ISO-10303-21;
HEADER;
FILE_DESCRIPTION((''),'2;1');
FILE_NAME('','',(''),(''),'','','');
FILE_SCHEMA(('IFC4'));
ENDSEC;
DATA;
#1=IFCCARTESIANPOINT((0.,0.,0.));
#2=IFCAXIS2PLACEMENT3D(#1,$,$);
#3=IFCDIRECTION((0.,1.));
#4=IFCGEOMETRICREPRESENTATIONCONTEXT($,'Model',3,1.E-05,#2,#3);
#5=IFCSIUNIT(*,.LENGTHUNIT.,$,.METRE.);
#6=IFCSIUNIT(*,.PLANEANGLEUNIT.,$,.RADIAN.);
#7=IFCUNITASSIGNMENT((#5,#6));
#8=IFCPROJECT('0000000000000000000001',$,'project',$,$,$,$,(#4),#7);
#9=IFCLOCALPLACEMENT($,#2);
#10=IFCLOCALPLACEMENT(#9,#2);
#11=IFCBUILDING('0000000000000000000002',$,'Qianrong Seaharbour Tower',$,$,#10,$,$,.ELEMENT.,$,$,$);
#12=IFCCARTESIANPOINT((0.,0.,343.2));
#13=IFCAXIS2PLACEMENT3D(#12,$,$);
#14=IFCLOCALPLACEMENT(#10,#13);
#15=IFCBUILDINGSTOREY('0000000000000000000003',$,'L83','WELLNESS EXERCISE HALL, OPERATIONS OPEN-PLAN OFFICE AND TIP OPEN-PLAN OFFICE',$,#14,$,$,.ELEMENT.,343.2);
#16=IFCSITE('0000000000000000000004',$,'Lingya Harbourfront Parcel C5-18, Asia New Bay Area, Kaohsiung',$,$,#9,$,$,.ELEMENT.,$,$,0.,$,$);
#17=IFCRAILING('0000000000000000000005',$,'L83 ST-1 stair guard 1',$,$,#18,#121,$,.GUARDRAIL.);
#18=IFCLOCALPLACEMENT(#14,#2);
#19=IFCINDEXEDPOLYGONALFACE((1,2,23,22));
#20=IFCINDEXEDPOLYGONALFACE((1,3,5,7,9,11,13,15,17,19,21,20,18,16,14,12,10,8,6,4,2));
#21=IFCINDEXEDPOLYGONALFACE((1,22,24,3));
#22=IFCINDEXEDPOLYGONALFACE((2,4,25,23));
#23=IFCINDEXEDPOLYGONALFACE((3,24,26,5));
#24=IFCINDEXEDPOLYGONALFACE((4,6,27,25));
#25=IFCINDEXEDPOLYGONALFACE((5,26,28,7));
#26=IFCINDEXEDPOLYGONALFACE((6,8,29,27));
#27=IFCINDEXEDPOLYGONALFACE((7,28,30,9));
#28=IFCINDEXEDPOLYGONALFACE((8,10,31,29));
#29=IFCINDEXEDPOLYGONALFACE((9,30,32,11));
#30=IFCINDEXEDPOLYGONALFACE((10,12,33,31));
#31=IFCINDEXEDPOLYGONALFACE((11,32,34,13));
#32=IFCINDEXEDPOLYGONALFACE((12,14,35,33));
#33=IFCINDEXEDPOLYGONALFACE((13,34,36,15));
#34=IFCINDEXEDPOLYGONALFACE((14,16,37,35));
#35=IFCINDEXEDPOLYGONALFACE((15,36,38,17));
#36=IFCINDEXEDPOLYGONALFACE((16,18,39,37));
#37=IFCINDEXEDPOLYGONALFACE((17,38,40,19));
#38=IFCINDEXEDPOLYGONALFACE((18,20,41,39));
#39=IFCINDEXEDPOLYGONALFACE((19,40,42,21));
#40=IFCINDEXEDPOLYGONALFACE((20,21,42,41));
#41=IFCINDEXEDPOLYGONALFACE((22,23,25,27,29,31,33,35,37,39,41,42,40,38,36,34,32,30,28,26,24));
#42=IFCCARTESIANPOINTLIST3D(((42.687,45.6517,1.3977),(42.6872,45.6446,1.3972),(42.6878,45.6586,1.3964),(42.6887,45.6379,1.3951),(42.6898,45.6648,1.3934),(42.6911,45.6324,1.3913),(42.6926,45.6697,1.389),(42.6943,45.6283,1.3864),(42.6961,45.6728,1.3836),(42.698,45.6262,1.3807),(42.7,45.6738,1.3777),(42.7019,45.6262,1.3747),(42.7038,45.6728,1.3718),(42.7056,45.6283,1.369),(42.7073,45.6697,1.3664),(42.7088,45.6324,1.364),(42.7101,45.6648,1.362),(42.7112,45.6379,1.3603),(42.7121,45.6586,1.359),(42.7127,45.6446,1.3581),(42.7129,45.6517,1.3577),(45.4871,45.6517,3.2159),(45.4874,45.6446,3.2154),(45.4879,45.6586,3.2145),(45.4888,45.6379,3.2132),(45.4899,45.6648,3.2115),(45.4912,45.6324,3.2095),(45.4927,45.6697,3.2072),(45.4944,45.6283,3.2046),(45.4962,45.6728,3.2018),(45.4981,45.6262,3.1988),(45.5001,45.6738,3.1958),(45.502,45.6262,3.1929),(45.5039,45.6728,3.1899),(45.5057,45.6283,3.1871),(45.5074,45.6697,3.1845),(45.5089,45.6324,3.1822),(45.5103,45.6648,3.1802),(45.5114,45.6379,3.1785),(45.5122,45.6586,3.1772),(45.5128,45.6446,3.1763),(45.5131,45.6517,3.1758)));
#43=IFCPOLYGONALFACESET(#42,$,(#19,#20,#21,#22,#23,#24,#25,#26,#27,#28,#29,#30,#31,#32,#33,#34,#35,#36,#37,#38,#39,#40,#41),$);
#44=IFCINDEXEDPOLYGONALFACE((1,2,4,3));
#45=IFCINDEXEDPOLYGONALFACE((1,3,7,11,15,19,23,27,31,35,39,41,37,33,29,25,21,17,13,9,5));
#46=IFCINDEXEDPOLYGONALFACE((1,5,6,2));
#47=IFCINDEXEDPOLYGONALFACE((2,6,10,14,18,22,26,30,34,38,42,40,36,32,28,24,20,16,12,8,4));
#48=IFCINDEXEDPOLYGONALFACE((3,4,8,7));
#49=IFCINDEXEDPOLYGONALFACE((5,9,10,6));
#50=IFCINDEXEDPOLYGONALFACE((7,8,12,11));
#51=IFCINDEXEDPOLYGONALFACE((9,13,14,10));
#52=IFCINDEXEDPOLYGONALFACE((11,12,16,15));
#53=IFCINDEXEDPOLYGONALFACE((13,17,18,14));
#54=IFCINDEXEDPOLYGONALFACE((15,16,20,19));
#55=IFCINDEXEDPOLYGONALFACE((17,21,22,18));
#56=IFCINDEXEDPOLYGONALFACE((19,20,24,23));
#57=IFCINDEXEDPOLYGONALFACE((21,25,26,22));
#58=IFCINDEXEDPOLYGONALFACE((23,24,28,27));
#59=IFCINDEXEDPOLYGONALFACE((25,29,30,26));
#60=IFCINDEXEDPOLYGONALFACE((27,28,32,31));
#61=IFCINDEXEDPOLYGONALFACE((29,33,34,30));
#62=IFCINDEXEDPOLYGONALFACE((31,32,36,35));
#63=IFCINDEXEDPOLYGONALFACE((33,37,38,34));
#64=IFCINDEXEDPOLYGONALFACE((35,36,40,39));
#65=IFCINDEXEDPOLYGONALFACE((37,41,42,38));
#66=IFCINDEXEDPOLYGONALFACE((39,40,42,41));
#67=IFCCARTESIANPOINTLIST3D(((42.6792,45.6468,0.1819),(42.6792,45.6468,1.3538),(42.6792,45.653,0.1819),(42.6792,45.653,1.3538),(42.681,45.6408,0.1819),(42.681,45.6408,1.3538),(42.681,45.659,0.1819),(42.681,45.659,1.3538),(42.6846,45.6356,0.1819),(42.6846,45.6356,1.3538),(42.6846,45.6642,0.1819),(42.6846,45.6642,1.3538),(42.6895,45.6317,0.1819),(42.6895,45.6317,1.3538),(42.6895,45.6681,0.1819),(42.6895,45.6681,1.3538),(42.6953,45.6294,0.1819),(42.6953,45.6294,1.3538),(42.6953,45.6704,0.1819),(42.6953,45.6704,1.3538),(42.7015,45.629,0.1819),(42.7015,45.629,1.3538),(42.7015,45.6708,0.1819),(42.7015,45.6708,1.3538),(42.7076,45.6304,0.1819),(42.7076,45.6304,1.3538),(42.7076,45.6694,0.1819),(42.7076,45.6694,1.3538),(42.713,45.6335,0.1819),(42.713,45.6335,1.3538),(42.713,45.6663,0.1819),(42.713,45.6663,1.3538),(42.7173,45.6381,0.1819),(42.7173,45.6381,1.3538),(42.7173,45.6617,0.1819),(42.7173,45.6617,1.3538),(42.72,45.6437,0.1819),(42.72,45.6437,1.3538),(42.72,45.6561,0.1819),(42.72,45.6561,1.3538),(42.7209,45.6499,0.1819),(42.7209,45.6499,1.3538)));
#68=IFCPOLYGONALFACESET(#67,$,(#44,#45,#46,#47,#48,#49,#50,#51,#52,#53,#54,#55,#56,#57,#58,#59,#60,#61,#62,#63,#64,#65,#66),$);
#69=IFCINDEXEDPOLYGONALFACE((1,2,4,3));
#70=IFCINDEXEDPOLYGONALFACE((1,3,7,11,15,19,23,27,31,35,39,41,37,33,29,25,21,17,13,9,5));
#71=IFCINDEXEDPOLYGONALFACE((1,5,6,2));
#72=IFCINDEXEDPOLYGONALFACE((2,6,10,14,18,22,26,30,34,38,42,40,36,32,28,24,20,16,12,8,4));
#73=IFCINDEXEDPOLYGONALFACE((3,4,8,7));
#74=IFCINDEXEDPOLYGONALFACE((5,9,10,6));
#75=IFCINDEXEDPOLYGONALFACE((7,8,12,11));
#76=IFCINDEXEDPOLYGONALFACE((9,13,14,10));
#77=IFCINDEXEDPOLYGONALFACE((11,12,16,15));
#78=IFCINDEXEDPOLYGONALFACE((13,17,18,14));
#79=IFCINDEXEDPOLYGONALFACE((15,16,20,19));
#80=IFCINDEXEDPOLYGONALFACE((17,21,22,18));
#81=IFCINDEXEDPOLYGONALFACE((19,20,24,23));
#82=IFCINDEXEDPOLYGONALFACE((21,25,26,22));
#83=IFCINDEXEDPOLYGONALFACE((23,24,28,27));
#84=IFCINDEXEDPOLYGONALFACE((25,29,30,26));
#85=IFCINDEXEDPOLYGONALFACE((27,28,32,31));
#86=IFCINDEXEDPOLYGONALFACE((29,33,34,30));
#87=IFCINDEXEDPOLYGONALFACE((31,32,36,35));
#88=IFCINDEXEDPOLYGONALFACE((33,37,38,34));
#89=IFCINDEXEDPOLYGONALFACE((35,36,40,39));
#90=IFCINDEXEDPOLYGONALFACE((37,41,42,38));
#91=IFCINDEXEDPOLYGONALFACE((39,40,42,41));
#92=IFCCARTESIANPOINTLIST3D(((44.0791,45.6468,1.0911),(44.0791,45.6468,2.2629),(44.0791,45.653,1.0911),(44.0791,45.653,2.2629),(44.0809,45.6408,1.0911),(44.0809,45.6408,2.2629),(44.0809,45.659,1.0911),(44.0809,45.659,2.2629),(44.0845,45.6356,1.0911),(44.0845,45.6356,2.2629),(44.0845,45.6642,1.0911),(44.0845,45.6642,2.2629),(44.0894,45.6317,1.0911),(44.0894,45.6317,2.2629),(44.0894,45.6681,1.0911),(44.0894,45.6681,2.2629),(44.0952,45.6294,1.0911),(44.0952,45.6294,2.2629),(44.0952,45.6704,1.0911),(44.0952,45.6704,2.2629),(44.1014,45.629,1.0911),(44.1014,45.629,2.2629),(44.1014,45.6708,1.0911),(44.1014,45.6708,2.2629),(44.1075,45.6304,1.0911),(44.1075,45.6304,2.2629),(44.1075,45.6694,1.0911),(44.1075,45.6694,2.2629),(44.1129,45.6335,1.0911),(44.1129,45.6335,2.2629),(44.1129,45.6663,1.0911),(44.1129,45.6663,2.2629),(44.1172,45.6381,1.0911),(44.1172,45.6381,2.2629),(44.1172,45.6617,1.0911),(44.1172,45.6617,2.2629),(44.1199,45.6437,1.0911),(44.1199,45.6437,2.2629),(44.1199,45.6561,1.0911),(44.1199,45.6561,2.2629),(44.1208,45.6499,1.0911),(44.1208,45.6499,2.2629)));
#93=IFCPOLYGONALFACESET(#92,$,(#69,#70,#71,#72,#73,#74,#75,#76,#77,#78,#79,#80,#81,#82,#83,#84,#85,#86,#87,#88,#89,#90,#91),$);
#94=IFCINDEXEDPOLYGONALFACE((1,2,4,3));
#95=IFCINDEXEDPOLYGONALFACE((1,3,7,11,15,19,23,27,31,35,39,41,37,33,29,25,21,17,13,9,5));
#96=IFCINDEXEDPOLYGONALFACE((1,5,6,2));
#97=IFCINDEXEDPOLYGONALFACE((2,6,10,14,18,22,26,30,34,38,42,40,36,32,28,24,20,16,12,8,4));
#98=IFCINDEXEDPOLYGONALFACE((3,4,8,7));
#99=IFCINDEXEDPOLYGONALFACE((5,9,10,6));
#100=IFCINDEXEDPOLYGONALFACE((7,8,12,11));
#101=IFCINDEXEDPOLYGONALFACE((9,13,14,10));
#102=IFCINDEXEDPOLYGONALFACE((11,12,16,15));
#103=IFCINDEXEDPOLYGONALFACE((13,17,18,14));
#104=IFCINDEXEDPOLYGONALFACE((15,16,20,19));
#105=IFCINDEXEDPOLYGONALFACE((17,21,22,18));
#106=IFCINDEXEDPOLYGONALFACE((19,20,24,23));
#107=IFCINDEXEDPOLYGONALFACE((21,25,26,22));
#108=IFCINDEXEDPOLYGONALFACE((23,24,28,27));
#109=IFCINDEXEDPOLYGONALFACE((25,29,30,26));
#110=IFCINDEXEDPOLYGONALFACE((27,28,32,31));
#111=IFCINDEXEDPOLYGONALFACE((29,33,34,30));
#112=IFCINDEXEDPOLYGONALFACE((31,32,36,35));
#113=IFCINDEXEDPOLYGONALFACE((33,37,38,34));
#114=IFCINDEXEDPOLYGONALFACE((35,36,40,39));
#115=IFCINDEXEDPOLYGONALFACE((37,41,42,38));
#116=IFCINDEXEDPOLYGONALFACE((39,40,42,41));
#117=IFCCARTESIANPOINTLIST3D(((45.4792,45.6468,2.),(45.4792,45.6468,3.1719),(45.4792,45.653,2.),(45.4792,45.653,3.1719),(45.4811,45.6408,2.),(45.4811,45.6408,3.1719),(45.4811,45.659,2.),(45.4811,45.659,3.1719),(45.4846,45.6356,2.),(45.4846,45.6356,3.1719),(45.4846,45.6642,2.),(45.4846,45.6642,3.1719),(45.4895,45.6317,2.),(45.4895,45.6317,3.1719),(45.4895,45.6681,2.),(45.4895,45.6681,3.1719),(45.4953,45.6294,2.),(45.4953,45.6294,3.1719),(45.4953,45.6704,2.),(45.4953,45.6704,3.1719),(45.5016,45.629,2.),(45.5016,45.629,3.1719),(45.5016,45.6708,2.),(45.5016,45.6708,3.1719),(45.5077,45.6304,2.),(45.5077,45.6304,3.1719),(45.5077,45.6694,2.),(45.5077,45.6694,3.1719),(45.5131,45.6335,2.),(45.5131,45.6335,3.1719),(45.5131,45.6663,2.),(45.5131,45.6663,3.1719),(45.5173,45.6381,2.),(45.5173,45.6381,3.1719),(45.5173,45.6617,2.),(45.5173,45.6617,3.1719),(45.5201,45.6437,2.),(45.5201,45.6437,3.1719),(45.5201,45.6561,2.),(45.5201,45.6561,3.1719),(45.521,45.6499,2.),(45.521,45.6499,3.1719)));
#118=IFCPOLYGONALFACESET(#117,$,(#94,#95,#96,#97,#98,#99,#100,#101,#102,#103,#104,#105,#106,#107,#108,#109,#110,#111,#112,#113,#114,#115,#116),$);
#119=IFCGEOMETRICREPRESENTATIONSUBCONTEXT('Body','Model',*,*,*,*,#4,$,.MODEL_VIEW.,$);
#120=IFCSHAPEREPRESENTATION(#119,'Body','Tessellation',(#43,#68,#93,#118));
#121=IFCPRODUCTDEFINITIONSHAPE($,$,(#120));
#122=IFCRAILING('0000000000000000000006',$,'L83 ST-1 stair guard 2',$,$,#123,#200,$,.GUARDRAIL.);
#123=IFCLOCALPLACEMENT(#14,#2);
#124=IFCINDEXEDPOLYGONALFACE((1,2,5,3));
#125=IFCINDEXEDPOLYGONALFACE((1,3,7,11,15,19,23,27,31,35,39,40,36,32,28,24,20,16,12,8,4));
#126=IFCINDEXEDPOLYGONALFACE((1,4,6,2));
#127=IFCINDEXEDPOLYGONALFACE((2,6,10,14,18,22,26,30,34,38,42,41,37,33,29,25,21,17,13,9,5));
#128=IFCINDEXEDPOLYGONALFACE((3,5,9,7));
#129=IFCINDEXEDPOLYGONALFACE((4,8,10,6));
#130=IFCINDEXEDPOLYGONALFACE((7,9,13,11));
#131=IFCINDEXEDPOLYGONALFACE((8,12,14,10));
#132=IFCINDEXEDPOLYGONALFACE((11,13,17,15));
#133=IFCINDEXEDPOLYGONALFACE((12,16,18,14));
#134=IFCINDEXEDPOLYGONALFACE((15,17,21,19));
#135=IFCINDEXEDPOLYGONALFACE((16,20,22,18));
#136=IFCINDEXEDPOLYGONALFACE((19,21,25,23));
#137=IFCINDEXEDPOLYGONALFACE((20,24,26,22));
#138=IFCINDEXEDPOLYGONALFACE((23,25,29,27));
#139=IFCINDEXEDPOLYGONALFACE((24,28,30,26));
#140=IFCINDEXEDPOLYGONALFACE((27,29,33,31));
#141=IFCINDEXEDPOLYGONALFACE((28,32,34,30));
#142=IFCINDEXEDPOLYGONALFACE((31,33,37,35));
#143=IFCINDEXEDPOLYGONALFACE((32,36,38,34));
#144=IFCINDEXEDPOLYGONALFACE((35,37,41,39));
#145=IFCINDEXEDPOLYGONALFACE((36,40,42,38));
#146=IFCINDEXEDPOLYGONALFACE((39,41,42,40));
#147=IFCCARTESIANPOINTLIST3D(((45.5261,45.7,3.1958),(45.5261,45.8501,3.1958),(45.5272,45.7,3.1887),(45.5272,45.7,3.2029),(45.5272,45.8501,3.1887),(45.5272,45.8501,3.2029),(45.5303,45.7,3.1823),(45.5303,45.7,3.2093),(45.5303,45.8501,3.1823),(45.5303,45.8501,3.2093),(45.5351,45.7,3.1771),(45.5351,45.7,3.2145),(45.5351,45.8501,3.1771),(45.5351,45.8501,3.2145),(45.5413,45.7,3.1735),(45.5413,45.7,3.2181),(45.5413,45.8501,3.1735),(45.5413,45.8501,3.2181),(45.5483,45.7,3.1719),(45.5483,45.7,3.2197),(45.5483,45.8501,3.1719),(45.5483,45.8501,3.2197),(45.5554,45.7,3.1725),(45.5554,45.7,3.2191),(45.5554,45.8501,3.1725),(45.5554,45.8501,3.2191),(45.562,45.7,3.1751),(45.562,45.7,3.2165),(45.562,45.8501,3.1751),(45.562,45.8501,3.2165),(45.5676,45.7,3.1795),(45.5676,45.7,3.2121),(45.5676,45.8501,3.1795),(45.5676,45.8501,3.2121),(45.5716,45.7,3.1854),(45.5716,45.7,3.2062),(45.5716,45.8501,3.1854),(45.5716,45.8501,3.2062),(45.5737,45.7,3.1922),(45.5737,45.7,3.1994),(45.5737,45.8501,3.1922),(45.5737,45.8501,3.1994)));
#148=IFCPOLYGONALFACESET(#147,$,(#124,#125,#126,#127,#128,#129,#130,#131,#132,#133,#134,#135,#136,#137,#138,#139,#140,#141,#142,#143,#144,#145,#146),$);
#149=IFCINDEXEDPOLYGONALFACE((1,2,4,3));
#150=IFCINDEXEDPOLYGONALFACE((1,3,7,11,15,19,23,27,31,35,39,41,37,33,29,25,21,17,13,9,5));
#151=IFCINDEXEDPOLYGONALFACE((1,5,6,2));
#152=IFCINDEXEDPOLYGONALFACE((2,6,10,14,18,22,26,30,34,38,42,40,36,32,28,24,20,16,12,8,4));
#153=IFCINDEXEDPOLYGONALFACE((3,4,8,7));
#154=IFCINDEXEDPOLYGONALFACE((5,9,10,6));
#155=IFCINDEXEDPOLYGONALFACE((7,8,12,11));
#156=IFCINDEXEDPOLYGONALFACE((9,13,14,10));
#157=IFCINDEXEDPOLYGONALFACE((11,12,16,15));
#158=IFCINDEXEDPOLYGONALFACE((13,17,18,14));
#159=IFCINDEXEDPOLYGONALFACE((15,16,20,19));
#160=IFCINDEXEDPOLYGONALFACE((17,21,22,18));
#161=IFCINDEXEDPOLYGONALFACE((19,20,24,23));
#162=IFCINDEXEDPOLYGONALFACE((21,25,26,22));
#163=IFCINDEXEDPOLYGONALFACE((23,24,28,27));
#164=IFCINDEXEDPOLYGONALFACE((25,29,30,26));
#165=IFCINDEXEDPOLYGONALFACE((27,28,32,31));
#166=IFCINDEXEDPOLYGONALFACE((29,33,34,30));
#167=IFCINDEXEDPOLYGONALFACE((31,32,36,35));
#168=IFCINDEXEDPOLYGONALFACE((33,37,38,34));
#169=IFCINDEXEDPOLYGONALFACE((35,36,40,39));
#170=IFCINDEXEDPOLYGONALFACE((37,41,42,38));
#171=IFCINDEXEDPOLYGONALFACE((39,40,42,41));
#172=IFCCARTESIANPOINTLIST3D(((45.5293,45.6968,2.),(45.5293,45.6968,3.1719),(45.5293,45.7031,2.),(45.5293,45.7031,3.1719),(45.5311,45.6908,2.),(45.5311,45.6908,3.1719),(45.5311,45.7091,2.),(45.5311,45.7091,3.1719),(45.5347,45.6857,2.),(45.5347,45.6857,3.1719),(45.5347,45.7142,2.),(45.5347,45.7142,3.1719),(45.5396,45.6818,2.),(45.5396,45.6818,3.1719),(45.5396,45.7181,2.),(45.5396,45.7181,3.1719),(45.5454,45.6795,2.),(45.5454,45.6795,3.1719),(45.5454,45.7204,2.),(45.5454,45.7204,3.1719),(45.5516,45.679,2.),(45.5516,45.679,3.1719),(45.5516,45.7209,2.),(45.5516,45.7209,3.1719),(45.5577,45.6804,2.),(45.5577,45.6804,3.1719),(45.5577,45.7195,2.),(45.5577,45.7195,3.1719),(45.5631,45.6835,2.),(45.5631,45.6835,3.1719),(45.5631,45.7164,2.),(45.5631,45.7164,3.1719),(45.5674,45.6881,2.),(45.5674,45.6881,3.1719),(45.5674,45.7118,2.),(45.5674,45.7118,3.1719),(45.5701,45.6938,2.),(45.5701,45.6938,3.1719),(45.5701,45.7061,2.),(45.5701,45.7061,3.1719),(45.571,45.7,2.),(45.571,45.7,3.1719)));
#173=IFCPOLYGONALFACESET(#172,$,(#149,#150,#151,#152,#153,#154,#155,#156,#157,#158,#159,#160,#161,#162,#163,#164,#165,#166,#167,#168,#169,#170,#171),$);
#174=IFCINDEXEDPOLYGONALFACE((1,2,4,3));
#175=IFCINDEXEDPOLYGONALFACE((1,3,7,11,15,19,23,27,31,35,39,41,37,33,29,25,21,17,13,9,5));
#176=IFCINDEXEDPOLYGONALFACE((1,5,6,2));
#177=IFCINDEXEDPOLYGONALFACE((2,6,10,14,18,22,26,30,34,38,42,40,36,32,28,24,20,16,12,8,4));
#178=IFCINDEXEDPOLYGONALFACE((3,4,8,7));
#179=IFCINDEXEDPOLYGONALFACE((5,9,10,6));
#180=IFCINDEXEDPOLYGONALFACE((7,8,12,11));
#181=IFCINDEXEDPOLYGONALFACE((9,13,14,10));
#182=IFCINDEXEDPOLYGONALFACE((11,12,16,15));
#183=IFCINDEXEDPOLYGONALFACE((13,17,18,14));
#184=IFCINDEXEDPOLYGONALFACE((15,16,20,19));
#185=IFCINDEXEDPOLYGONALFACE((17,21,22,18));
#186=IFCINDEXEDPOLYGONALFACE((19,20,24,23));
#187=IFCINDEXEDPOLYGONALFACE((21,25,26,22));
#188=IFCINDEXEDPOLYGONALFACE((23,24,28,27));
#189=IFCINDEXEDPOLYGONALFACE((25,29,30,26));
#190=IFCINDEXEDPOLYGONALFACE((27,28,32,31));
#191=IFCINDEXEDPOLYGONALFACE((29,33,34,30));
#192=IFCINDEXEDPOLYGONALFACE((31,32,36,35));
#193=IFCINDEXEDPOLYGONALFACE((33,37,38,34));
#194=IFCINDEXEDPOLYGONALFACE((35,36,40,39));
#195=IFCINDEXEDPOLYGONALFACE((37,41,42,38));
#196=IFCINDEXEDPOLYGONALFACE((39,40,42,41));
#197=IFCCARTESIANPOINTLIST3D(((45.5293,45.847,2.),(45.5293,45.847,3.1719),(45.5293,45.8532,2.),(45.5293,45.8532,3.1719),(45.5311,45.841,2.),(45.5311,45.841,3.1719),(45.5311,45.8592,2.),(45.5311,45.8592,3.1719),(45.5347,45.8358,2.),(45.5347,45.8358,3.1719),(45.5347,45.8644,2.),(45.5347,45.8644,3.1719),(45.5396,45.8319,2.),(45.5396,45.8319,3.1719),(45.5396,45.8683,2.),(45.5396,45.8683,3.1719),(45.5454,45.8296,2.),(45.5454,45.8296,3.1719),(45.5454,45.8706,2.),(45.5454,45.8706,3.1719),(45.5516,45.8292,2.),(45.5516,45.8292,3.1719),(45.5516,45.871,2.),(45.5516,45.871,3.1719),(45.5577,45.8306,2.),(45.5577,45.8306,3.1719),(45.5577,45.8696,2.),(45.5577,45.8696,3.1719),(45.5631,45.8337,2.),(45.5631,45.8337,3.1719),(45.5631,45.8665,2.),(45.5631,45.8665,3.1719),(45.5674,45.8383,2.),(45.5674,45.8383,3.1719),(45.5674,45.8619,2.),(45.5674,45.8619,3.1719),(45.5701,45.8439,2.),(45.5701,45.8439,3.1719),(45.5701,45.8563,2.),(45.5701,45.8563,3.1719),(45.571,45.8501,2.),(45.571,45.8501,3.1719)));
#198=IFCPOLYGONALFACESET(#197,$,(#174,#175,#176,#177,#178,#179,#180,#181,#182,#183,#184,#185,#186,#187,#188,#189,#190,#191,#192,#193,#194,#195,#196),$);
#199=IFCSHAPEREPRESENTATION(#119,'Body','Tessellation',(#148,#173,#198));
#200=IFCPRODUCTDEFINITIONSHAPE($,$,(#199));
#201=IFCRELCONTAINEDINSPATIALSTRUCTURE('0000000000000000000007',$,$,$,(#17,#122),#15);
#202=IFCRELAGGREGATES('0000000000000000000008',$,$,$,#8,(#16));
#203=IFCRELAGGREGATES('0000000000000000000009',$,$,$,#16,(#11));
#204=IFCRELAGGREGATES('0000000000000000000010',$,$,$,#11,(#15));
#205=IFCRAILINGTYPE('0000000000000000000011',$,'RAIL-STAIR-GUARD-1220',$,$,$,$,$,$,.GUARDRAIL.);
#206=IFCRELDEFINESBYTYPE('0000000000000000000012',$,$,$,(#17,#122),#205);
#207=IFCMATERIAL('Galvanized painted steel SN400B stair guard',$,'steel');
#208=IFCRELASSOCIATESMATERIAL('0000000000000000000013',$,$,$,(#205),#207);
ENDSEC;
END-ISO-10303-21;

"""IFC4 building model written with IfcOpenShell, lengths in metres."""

from ifc_helpers import new_model, si_unit, direction, frame, origin, origin_2d, place, context, subcontext, project, spatial, circle, extrude, material, type_object, element, save


model = new_model("IFC4")

# Units and contexts
model_context = context("Model", 3, precision=1e-05, world=origin(), true_north=direction((0.0, 1.0)))
body_context = subcontext(model_context, "Body", "Model", "MODEL_VIEW")
ifc_project = project(units=[si_unit("LENGTHUNIT", "METRE"), si_unit("PLANEANGLEUNIT", "RADIAN")], contexts=[model_context])

# Site, building, storey
site_placement = place(None, origin())
site = spatial("IfcSite", under=ifc_project, at=site_placement, Name="Lingya Harbourfront Parcel C5-18, Asia New Bay Area, Kaohsiung", CompositionType="ELEMENT", RefElevation=0.0)
building_placement = place(site_placement, origin())
building = spatial("IfcBuilding", under=site, at=building_placement, Name="Qianrong Seaharbour Tower", CompositionType="ELEMENT")
storey_placement = place(building_placement, frame((0.0, 0.0, 343.2)))
storey = spatial("IfcBuildingStorey", under=building, at=storey_placement, Name="L83", Description="WELLNESS EXERCISE HALL, OPERATIONS OPEN-PLAN OFFICE AND TIP OPEN-PLAN OFFICE", CompositionType="ELEMENT", Elevation=343.2)

# Railings
ifc_material_1 = material(Name="Galvanized painted steel SN400B stair guard", Category="steel")
railing_type_1 = type_object("IfcRailingType", Name="RAIL-STAIR-GUARD-1220", PredefinedType="GUARDRAIL", material=ifc_material_1)
railing_1_placement = place(storey_placement, frame((42.7, 45.6499, 0.1819)))
element("IfcRailing", 1, at=railing_1_placement, inside=storey, type_object=railing_type_1, Name="L83 ST-1 stair guard 1", PredefinedType="GUARDRAIL", context=body_context, shape_type="SweptSolid", body=[
    extrude(circle(Radius=0.0239, at=origin_2d()), frame((0.0, 0.0, 1.1958), z_axis=(0.838706, 0.0, 0.544585), x_axis=(0.0, 1.0, 0.0)), (0.0, 0.0, 1.0), 3.3386),
    extrude(circle(Radius=0.021, at=origin_2d()), origin(), (0.0, 0.0, 1.0), 1.1719),
    extrude(circle(Radius=0.021, at=origin_2d()), frame((1.3999, 0.0, 0.9092)), (0.0, 0.0, 1.0), 1.1719),
    extrude(circle(Radius=0.021, at=origin_2d()), frame((2.8, 0.0, 1.8181)), (0.0, 0.0, 1.0), 1.1719),
])
railing_2_placement = place(storey_placement, frame((45.55, 45.7, 2.0)))
element("IfcRailing", 2, at=railing_2_placement, inside=storey, type_object=railing_type_1, Name="L83 ST-1 stair guard 2", PredefinedType="GUARDRAIL", context=body_context, shape_type="SweptSolid", body=[
    extrude(circle(Radius=0.0239, at=origin_2d()), frame((0.0, 0.0, 1.1958), z_axis=(0.0, 1.0, 0.0), x_axis=(-1.0, 0.0, 0.0)), (0.0, 0.0, 1.0), 0.1501),
    extrude(circle(Radius=0.021, at=origin_2d()), origin(), (0.0, 0.0, 1.0), 1.1719),
    extrude(circle(Radius=0.021, at=origin_2d()), frame((0.0, 0.1501, 0.0)), (0.0, 0.0, 1.0), 1.1719),
])

save(model, "model.ifc")
